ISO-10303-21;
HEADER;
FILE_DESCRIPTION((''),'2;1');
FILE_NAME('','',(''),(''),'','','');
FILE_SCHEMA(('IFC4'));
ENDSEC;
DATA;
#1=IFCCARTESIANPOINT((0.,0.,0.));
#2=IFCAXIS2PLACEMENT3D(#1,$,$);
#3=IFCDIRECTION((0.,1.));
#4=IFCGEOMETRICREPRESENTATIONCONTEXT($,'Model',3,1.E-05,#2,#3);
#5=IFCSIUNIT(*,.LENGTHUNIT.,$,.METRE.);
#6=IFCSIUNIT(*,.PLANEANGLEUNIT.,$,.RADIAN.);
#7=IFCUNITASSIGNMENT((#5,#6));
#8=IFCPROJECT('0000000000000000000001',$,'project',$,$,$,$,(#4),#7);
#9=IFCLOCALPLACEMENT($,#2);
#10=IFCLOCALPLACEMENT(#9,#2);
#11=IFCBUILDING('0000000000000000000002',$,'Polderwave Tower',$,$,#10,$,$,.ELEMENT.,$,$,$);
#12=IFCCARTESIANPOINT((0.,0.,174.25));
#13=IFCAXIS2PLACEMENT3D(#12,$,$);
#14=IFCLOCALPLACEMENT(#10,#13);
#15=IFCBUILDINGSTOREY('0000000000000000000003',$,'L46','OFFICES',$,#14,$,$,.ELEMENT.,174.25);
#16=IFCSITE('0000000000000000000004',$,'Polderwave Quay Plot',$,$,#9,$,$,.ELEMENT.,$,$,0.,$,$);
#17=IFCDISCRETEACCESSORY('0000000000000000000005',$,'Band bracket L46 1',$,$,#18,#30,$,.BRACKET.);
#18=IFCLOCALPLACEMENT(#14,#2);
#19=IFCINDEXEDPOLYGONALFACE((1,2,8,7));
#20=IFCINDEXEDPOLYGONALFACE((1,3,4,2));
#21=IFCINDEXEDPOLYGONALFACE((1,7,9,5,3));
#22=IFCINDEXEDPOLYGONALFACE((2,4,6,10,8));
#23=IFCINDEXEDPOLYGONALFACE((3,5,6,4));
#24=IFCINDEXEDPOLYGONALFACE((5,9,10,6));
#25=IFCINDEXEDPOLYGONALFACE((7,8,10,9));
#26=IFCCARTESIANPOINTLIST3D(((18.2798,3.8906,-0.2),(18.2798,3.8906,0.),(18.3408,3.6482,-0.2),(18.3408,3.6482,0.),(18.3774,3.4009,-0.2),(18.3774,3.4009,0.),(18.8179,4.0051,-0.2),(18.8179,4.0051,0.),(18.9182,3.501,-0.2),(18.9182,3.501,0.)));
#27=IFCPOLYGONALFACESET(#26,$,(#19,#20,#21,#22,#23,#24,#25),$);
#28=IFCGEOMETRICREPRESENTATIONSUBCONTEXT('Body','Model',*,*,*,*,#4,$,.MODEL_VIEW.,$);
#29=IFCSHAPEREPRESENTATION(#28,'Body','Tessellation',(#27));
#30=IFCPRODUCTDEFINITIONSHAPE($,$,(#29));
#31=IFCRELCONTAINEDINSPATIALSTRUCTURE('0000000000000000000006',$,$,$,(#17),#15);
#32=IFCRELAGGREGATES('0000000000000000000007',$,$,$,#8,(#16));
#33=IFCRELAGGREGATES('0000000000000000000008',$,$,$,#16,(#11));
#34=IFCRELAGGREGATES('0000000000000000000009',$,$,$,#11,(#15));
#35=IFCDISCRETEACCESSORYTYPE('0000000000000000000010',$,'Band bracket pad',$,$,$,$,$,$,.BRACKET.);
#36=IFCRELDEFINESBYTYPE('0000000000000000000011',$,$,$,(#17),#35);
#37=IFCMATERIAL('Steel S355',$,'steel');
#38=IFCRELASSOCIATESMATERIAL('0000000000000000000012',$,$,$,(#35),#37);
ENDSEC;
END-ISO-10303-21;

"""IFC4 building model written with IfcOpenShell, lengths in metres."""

from ifc_helpers import new_model, si_unit, direction, frame, origin, place, context, subcontext, project, spatial, polyline, outline, extrude, material, type_object, element, save


model = new_model("IFC4")

# Units and contexts
model_context = context("Model", 3, precision=1e-05, world=origin(), true_north=direction((0.0, 1.0)))
body_context = subcontext(model_context, "Body", "Model", "MODEL_VIEW")
ifc_project = project(units=[si_unit("LENGTHUNIT", "METRE"), si_unit("PLANEANGLEUNIT", "RADIAN")], contexts=[model_context])

# Site, building, storey
site_placement = place(None, origin())
site = spatial("IfcSite", under=ifc_project, at=site_placement, Name="Polderwave Quay Plot", CompositionType="ELEMENT", RefElevation=0.0)
building_placement = place(site_placement, origin())
building = spatial("IfcBuilding", under=site, at=building_placement, Name="Polderwave Tower", CompositionType="ELEMENT")
storey_placement = place(building_placement, frame((0.0, 0.0, 174.25)))
storey = spatial("IfcBuildingStorey", under=building, at=storey_placement, Name="L46", Description="OFFICES", CompositionType="ELEMENT", Elevation=174.25)

# Discrete accessory
ifc_material_1 = material(Name="Steel S355", Category="steel")
discrete_accessory_type = type_object("IfcDiscreteAccessoryType", Name="Band bracket pad", PredefinedType="BRACKET", material=ifc_material_1)
discrete_accessory_placement = place(storey_placement, frame((0.0, 0.0, -0.2)))
element("IfcDiscreteAccessory", 1, at=discrete_accessory_placement, inside=storey, type_object=discrete_accessory_type, Name="Band bracket L46 1", PredefinedType="BRACKET", context=body_context, shape_type="SweptSolid", body=[
    extrude(outline(polyline([(18.3774, 3.4009), (18.3408, 3.6482), (18.2798, 3.8906), (18.8179, 4.0051), (18.9182, 3.501), (18.3774, 3.4009)])), origin(), (0.0, 0.0, 1.0), 0.2),
])

save(model, "model.ifc")
